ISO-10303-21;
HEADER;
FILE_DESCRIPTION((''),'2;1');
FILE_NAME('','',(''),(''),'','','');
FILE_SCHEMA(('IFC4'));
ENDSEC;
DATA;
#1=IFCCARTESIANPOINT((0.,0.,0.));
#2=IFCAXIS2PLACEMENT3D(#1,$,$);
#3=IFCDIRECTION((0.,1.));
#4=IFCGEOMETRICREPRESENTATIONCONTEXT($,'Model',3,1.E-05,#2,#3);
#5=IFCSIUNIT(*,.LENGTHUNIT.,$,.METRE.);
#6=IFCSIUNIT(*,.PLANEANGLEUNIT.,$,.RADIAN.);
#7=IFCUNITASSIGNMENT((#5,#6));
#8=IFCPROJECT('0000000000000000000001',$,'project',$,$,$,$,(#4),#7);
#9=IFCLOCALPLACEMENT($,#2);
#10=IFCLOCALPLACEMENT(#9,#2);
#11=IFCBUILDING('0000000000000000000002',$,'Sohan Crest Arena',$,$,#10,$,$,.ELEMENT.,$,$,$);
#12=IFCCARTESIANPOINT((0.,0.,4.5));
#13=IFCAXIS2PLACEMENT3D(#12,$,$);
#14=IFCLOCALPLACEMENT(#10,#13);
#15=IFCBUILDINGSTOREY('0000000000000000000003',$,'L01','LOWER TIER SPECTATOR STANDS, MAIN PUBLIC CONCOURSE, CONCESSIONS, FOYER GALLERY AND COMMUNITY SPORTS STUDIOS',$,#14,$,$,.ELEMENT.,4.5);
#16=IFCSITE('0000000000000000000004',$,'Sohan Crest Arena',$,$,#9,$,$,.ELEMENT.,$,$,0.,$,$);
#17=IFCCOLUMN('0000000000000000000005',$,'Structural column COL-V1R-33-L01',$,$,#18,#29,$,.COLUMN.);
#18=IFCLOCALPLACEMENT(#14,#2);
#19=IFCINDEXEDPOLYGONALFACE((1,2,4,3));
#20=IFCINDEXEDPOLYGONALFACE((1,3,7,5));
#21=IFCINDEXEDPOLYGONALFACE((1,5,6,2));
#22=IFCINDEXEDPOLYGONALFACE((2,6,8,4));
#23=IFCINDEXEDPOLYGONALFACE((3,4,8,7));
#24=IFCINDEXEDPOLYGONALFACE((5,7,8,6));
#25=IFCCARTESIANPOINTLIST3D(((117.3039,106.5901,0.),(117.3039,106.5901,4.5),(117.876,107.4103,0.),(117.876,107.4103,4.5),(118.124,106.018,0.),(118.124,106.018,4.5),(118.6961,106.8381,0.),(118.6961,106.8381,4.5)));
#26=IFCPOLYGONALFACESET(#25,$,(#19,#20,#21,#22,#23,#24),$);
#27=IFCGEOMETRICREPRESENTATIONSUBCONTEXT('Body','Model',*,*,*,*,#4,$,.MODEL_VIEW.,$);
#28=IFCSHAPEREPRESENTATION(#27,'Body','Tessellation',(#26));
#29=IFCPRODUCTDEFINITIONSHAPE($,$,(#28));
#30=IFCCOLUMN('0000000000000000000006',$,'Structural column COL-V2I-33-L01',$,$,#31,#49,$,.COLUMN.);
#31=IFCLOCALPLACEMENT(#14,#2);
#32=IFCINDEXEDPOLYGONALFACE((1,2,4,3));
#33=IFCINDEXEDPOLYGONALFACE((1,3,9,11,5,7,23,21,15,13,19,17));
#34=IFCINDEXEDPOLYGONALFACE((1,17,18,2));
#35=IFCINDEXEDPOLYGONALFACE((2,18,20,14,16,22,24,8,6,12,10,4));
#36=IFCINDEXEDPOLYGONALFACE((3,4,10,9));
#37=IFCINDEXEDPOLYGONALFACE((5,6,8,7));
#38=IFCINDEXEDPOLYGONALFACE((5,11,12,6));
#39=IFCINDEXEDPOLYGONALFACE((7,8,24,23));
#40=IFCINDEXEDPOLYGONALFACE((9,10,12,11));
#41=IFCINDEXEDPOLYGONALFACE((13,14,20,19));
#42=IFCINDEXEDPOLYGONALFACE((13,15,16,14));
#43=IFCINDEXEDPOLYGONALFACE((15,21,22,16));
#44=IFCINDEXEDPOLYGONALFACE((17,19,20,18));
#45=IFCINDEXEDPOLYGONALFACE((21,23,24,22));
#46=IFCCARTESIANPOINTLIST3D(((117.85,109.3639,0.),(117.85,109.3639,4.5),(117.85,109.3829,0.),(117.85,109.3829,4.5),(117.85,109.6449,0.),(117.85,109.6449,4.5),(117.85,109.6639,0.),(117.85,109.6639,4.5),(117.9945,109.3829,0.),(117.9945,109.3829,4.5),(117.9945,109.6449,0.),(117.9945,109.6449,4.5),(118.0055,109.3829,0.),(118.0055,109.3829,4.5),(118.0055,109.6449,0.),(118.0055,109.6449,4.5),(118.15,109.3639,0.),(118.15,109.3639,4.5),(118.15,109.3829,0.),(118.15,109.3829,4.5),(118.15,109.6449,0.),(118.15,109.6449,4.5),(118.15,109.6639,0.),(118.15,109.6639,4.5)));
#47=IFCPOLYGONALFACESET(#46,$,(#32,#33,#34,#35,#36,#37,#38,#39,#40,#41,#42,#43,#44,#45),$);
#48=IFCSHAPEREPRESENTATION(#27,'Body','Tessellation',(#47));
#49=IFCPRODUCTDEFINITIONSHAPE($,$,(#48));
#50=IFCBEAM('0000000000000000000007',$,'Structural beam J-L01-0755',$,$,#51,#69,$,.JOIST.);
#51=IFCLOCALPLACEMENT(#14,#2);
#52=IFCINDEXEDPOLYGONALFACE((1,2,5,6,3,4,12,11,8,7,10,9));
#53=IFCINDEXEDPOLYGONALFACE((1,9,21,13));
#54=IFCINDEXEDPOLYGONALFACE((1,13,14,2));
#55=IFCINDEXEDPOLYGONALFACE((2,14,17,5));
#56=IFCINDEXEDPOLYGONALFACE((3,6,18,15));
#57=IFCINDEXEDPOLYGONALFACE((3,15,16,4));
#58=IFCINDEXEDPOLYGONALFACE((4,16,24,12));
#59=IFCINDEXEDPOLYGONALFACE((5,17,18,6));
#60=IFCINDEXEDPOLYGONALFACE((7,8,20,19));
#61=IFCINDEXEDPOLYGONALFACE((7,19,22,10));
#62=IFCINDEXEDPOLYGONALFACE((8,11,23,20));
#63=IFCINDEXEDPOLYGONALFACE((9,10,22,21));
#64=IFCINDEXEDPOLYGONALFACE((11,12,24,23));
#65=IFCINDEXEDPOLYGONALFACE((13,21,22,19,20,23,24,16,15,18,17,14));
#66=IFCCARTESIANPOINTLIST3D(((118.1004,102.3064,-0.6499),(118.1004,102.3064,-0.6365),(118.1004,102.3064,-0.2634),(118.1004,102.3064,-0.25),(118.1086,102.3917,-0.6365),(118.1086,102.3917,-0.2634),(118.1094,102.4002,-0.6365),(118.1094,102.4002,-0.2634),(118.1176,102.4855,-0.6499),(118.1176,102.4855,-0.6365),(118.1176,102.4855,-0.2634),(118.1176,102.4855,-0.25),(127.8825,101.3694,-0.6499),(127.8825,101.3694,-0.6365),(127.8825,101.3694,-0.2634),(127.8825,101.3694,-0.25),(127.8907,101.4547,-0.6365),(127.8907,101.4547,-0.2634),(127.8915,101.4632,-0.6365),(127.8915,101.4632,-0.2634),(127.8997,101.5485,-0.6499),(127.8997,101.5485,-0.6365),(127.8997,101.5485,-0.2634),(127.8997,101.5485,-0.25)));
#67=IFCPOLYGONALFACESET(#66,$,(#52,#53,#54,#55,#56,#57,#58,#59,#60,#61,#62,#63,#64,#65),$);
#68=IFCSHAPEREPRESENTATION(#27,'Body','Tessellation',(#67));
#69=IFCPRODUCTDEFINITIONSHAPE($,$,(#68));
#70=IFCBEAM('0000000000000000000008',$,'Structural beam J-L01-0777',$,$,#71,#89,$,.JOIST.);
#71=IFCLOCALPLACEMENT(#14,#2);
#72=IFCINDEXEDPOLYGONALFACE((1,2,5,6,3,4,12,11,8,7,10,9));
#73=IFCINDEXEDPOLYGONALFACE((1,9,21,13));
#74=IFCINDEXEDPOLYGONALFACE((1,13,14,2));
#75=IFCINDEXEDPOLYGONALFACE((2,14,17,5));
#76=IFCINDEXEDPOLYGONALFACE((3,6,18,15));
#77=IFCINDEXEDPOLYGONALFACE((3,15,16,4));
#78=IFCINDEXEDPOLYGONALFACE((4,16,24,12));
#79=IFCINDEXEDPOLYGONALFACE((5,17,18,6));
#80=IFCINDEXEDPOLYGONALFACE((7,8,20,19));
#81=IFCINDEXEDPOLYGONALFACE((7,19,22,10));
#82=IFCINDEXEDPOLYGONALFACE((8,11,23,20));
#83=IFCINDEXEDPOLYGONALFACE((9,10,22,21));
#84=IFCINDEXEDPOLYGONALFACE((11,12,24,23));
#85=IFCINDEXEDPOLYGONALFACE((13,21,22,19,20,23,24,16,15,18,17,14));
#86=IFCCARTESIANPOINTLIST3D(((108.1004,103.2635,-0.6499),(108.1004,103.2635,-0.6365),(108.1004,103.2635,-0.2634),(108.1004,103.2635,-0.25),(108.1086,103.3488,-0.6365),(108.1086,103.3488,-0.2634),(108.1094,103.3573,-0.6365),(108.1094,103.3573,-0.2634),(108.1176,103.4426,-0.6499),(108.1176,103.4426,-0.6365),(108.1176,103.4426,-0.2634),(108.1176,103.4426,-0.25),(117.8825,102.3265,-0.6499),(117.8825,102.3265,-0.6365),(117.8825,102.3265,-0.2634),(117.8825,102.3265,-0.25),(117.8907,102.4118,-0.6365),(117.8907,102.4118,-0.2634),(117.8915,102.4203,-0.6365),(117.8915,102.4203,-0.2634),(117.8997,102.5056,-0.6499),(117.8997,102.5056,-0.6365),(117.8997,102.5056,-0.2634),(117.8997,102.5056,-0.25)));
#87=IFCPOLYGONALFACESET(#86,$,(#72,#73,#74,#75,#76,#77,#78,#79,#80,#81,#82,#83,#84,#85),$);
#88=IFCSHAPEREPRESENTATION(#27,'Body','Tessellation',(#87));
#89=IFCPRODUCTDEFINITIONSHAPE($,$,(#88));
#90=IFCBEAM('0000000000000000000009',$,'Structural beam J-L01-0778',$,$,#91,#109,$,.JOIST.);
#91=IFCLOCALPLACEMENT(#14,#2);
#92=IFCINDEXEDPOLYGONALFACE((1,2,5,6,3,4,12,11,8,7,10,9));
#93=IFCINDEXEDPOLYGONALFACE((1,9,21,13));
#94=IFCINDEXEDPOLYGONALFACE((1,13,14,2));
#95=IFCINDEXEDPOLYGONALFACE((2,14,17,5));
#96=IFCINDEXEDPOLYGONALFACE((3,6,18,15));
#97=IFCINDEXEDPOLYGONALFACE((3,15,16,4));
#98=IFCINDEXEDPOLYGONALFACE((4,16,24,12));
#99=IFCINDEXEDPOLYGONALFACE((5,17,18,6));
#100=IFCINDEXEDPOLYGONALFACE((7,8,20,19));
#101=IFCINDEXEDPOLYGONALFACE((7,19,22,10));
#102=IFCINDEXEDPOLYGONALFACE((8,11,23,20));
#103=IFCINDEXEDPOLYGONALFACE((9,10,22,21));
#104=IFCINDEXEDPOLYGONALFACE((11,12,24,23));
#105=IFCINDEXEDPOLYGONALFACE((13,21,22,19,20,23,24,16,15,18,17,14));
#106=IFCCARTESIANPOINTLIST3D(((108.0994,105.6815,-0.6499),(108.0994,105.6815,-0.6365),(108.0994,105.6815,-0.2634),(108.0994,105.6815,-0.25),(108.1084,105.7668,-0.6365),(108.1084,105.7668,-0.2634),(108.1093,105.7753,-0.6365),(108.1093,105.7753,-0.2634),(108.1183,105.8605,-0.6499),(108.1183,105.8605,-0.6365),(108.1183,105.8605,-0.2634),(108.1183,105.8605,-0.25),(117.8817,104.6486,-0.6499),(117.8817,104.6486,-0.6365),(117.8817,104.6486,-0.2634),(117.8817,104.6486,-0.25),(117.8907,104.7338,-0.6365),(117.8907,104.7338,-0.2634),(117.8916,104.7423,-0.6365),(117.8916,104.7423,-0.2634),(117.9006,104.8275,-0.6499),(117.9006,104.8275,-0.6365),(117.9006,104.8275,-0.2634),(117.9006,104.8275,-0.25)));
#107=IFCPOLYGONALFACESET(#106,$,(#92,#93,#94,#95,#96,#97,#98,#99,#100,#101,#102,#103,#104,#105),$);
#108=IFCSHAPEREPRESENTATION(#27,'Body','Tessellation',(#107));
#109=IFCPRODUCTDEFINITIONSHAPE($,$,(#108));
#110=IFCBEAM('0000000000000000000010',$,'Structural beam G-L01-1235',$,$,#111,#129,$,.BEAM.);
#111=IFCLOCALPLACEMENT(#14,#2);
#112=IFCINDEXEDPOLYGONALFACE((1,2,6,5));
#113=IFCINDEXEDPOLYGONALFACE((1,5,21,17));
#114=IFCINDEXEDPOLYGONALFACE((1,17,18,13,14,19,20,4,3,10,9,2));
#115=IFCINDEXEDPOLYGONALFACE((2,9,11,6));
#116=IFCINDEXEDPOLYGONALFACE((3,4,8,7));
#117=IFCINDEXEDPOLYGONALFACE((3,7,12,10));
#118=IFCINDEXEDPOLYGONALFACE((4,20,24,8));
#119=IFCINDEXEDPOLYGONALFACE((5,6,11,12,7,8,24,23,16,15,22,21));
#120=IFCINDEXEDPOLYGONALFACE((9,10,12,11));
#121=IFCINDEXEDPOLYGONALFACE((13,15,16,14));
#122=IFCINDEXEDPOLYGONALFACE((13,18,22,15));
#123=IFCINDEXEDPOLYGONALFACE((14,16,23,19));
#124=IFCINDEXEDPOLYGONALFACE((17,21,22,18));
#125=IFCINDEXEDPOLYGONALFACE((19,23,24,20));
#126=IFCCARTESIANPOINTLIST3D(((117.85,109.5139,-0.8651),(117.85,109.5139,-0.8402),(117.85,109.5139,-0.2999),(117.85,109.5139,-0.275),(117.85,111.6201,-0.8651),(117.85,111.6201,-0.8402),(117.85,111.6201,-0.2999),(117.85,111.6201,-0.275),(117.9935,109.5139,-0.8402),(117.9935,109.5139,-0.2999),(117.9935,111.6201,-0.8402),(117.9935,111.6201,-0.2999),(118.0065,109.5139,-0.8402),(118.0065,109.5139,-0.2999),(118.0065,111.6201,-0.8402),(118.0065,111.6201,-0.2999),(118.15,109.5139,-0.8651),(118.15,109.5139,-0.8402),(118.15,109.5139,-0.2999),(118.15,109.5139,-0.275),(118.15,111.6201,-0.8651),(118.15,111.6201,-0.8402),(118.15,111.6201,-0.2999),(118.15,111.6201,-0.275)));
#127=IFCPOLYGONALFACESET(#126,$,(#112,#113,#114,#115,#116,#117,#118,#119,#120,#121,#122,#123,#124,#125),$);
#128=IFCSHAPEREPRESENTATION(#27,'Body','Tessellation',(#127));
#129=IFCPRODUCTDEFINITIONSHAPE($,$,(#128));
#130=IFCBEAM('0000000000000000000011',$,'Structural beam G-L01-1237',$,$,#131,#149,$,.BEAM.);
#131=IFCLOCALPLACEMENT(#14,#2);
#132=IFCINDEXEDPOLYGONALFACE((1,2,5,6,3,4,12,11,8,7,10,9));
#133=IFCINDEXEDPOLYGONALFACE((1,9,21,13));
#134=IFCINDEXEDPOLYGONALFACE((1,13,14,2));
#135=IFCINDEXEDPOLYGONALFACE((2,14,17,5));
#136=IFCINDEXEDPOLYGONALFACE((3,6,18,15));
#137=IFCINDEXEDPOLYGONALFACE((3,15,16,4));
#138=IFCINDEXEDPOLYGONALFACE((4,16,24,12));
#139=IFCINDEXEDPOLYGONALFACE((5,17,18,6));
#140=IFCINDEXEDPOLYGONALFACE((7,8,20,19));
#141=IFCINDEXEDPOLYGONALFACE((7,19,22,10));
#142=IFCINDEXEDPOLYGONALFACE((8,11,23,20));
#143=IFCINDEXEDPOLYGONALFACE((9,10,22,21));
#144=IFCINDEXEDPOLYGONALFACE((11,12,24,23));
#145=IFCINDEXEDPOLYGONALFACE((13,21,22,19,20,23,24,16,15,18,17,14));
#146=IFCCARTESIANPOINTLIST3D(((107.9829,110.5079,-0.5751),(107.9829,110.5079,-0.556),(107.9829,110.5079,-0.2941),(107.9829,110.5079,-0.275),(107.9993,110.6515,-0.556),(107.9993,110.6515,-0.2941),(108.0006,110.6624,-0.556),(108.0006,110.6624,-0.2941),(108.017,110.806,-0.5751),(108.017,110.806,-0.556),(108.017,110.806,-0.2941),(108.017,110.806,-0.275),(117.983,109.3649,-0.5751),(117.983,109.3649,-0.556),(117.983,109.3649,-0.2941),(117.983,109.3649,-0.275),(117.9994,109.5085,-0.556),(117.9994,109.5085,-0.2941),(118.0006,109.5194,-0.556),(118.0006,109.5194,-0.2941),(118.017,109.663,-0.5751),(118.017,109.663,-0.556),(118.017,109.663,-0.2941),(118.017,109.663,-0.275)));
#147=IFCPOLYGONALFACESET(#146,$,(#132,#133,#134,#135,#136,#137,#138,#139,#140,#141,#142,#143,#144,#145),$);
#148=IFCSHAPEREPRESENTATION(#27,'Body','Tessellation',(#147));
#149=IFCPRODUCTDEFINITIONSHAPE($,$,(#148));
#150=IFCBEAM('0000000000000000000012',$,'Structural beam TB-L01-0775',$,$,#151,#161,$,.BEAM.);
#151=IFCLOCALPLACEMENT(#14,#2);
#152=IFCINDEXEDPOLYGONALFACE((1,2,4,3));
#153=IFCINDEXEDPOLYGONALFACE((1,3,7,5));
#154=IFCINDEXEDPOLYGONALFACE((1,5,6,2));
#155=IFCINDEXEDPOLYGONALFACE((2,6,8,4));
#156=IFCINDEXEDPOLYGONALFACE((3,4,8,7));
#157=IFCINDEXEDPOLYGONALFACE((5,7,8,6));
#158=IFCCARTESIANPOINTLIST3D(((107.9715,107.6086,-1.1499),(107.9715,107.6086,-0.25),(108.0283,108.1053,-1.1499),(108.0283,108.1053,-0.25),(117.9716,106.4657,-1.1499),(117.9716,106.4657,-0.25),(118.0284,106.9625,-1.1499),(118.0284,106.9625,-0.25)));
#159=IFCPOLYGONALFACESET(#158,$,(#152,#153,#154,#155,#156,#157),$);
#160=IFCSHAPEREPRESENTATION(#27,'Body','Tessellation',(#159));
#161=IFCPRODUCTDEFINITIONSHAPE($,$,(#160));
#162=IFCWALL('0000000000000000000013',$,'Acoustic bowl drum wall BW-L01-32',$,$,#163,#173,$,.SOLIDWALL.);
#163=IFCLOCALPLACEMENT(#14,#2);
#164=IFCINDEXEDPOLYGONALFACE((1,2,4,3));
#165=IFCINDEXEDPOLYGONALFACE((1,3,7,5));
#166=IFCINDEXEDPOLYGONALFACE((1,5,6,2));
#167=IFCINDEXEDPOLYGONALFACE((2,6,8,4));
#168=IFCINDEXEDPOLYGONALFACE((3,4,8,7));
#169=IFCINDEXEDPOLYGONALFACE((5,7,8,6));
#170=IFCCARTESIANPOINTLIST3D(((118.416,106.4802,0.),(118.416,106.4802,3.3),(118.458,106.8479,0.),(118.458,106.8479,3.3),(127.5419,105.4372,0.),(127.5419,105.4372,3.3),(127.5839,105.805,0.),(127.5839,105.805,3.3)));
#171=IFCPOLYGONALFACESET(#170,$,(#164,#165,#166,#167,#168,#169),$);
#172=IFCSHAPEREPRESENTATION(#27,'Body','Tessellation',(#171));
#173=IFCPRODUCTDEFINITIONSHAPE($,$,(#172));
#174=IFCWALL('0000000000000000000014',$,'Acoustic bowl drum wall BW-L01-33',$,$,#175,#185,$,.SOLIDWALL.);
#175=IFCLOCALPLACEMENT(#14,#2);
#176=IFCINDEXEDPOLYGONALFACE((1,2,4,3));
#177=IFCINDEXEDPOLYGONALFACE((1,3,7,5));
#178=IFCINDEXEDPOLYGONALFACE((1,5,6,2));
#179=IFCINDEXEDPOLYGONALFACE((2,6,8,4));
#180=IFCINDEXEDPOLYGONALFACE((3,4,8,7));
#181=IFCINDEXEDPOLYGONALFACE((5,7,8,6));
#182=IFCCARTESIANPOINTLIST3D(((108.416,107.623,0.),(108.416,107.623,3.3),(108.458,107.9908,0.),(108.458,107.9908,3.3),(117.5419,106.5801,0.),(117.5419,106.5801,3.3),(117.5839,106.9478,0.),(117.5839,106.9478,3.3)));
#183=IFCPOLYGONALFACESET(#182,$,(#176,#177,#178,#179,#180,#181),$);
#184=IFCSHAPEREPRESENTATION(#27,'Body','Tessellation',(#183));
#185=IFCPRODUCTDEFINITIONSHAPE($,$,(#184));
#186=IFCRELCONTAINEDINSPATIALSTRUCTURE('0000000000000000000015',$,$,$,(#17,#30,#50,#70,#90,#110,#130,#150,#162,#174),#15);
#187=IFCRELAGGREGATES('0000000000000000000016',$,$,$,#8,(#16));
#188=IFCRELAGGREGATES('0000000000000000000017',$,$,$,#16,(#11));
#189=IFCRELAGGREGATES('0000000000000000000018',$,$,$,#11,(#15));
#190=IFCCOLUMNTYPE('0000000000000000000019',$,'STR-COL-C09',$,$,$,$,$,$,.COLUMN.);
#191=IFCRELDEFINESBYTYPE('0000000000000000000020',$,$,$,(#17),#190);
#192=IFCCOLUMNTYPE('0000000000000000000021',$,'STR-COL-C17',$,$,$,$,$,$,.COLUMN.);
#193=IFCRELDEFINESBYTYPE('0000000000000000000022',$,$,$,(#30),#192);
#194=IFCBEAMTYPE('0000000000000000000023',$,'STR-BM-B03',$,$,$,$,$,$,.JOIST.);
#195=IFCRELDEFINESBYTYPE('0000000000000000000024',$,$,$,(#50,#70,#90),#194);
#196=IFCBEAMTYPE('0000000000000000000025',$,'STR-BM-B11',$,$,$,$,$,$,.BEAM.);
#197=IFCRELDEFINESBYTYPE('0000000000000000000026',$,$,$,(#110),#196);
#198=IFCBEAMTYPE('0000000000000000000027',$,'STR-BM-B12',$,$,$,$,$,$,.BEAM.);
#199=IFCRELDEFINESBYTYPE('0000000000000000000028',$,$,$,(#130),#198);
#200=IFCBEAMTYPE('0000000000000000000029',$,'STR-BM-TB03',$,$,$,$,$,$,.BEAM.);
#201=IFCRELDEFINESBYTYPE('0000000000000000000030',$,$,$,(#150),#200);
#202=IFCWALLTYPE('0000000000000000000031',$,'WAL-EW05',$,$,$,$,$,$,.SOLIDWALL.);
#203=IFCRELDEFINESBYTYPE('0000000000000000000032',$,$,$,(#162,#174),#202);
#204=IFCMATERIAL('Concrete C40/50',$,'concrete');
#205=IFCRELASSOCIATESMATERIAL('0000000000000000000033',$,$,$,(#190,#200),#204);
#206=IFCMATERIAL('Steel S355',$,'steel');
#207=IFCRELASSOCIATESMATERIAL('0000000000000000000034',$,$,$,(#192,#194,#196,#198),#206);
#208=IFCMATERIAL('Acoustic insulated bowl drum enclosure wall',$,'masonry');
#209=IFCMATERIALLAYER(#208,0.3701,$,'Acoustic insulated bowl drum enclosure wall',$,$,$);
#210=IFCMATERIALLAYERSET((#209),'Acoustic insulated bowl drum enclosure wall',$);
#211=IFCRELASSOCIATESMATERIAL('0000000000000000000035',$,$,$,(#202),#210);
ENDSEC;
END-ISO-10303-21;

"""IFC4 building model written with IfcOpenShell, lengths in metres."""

from ifc_helpers import new_model, si_unit, direction, frame, frame_2d, origin, origin_2d, place, context, subcontext, project, spatial, rectangle, i_section, extrude, material, layer, layer_set, material_profile, profile_set, type_object, element, save


model = new_model("IFC4")

# Units and contexts
model_context = context("Model", 3, precision=1e-05, world=origin(), true_north=direction((0.0, 1.0)))
body_context = subcontext(model_context, "Body", "Model", "MODEL_VIEW")
ifc_project = project(units=[si_unit("LENGTHUNIT", "METRE"), si_unit("PLANEANGLEUNIT", "RADIAN")], contexts=[model_context])

# Site, building, storey
site_placement = place(None, origin())
site = spatial("IfcSite", under=ifc_project, at=site_placement, Name="Sohan Crest Arena", CompositionType="ELEMENT", RefElevation=0.0)
building_placement = place(site_placement, origin())
building = spatial("IfcBuilding", under=site, at=building_placement, Name="Sohan Crest Arena", CompositionType="ELEMENT")
storey_placement = place(building_placement, frame((0.0, 0.0, 4.5)))
storey = spatial("IfcBuildingStorey", under=building, at=storey_placement, Name="L01", Description="LOWER TIER SPECTATOR STANDS, MAIN PUBLIC CONCOURSE, CONCESSIONS, FOYER GALLERY AND COMMUNITY SPORTS STUDIOS", CompositionType="ELEMENT", Elevation=4.5)

# Columns
ifc_material_1 = material(Name="Concrete C40/50", Category="concrete")
ifc_material_profile_1 = material_profile(ifc_material_1, rectangle(XDim=1.0, YDim=1.0, at=origin_2d()), Name="RC 1000x1000")
ifc_profile_set_1 = profile_set([ifc_material_profile_1], Name="Concrete C40/50")
column_type_1 = type_object("IfcColumnType", Name="STR-COL-C09", PredefinedType="COLUMN", material=ifc_profile_set_1)
column_1_placement = place(storey_placement, frame((118.0, 106.7141, 0.0), z_axis=(0.0, 0.0, 1.0), x_axis=(0.572146, 0.820152, 0.0)))
element("IfcColumn", 1, at=column_1_placement, inside=storey, type_object=column_type_1, Name="Structural column COL-V1R-33-L01", PredefinedType="COLUMN", context=body_context, shape_type="SweptSolid", body=[
    extrude(rectangle(XDim=1.0, YDim=1.0, at=origin_2d()), origin(), (0.0, 0.0, 1.0), 4.5),
])
ifc_material_2 = material(Name="Steel S355", Category="steel")
ifc_material_profile_2 = material_profile(ifc_material_2, i_section(OverallWidth=0.3, OverallDepth=0.3, WebThickness=0.011, FlangeThickness=0.019, at=origin_2d()), Name="HEB 300")
ifc_profile_set_2 = profile_set([ifc_material_profile_2], Name="Steel S355")
column_type_2 = type_object("IfcColumnType", Name="STR-COL-C17", PredefinedType="COLUMN", material=ifc_profile_set_2)
column_2_placement = place(storey_placement, frame((118.0, 109.5139, 0.0), z_axis=(0.0, 0.0, 1.0), x_axis=(1.0, 0.0, 0.0)))
element("IfcColumn", 2, at=column_2_placement, inside=storey, type_object=column_type_2, Name="Structural column COL-V2I-33-L01", PredefinedType="COLUMN", context=body_context, shape_type="SweptSolid", body=[
    extrude(i_section(OverallWidth=0.3, OverallDepth=0.3, WebThickness=0.011, FlangeThickness=0.019, at=origin_2d()), origin(), (0.0, 0.0, 1.0), 4.5),
])

# Beams
ifc_material_profile_3 = material_profile(ifc_material_2, i_section(OverallWidth=0.1799, OverallDepth=0.3999, WebThickness=0.0085, FlangeThickness=0.0134, at=origin_2d()), Name="IPE 400")
ifc_profile_set_3 = profile_set([ifc_material_profile_3], Name="Steel S355")
beam_type_1 = type_object("IfcBeamType", Name="STR-BM-B03", PredefinedType="JOIST", material=ifc_profile_set_3)
for number, where, z_axis, x_axis, name in (
    (3, (127.8911, 101.459, -0.45), (-0.995444, 0.095351, 0.0), (-0.095351, -0.995444, 0.0), "Structural beam J-L01-0755"),
    (4, (117.8911, 102.416, -0.45), (-0.995444, 0.095351, 0.0), (-0.095351, -0.995444, 0.0), "Structural beam J-L01-0777"),
):
    element("IfcBeam", number, at=place(storey_placement, frame(where, z_axis=z_axis, x_axis=x_axis)), inside=storey, type_object=beam_type_1, Name=name, PredefinedType="JOIST", context=body_context, shape_type="SweptSolid", body=[
        extrude(i_section(OverallWidth=0.1799, OverallDepth=0.3999, WebThickness=0.0085, FlangeThickness=0.0134, at=origin_2d()), origin(), (0.0, 0.0, 1.0), 9.8269),
    ])
beam_1_placement = place(storey_placement, frame((117.8911, 104.738, -0.45), z_axis=(-0.994471, 0.105012, 0.0), x_axis=(-0.105012, -0.994471, 0.0)))
element("IfcBeam", 5, at=beam_1_placement, inside=storey, type_object=beam_type_1, Name="Structural beam J-L01-0778", PredefinedType="JOIST", context=body_context, shape_type="SweptSolid", body=[
    extrude(i_section(OverallWidth=0.1799, OverallDepth=0.3999, WebThickness=0.0085, FlangeThickness=0.0134, at=origin_2d()), origin(), (0.0, 0.0, 1.0), 9.8367),
])
ifc_material_profile_4 = material_profile(ifc_material_2, i_section(OverallWidth=0.3, OverallDepth=0.5901, WebThickness=0.0129, FlangeThickness=0.0249, at=origin_2d()), Name="HEA 600")
ifc_profile_set_4 = profile_set([ifc_material_profile_4], Name="Steel S355")
beam_type_2 = type_object("IfcBeamType", Name="STR-BM-B11", PredefinedType="BEAM", material=ifc_profile_set_4)
beam_2_placement = place(storey_placement, frame((118.0, 109.5139, -0.5701), z_axis=(0.0, 1.0, 0.0), x_axis=(-1.0, 0.0, 0.0)))
element("IfcBeam", 6, at=beam_2_placement, inside=storey, type_object=beam_type_2, Name="Structural beam G-L01-1235", PredefinedType="BEAM", context=body_context, shape_type="SweptSolid", body=[
    extrude(i_section(OverallWidth=0.3, OverallDepth=0.5901, WebThickness=0.0129, FlangeThickness=0.0249, at=origin_2d()), origin(), (0.0, 0.0, 1.0), 2.1062),
])
ifc_material_profile_5 = material_profile(ifc_material_2, i_section(OverallWidth=0.3, OverallDepth=0.3, WebThickness=0.011, FlangeThickness=0.019, at=origin_2d()), Name="HEB 300")
ifc_profile_set_5 = profile_set([ifc_material_profile_5], Name="Steel S355")
beam_type_3 = type_object("IfcBeamType", Name="STR-BM-B12", PredefinedType="BEAM", material=ifc_profile_set_5)
beam_3_placement = place(storey_placement, frame((118.0, 109.5139, -0.425), z_axis=(-0.99353, 0.113567, 0.0), x_axis=(-0.113567, -0.99353, 0.0)))
element("IfcBeam", 7, at=beam_3_placement, inside=storey, type_object=beam_type_3, Name="Structural beam G-L01-1237", PredefinedType="BEAM", context=body_context, shape_type="SweptSolid", body=[
    extrude(i_section(OverallWidth=0.3, OverallDepth=0.3, WebThickness=0.011, FlangeThickness=0.019, at=origin_2d()), origin(), (0.0, 0.0, 1.0), 10.0652),
])
ifc_material_profile_6 = material_profile(ifc_material_1, rectangle(XDim=0.5, YDim=0.8999, at=origin_2d()), Name="RC-BM 500x900")
ifc_profile_set_6 = profile_set([ifc_material_profile_6], Name="Concrete C40/50")
beam_type_4 = type_object("IfcBeamType", Name="STR-BM-TB03", PredefinedType="BEAM", material=ifc_profile_set_6)
beam_4_placement = place(storey_placement, frame((118.0, 106.7141, -0.7), z_axis=(-0.993533, 0.113543, 0.0), x_axis=(-0.113543, -0.993533, 0.0)))
element("IfcBeam", 8, at=beam_4_placement, inside=storey, type_object=beam_type_4, Name="Structural beam TB-L01-0775", PredefinedType="BEAM", context=body_context, shape_type="SweptSolid", body=[
    extrude(rectangle(XDim=0.5, YDim=0.8999, at=origin_2d()), origin(), (0.0, 0.0, 1.0), 10.0652),
])

# Walls
ifc_material_3 = material(Name="Acoustic insulated bowl drum enclosure wall", Category="masonry")
ifc_layer_1 = layer(ifc_material_3, 0.3701, Name="Acoustic insulated bowl drum enclosure wall")
ifc_layer_set_1 = layer_set([ifc_layer_1], Name="Acoustic insulated bowl drum enclosure wall")
wall_type_1 = type_object("IfcWallType", Name="WAL-EW05", PredefinedType="SOLIDWALL", material=ifc_layer_set_1)
for number, where, z_axis, x_axis, name in (
    (9, (127.563, 105.6211, 0.0), (0.0, 0.0, 1.0), (-0.993533, 0.113547, 0.0), "Acoustic bowl drum wall BW-L01-32"),
    (10, (117.563, 106.7639, 0.0), (0.0, 0.0, 1.0), (-0.993533, 0.113547, 0.0), "Acoustic bowl drum wall BW-L01-33"),
):
    element("IfcWall", number, at=place(storey_placement, frame(where, z_axis=z_axis, x_axis=x_axis)), inside=storey, type_object=wall_type_1, Name=name, PredefinedType="SOLIDWALL", context=body_context, shape_type="SweptSolid", body=[
        extrude(rectangle(XDim=9.1853, YDim=0.3701, at=frame_2d((4.5928, 0.0))), origin(), (0.0, 0.0, 1.0), 3.3),
    ])

save(model, "model.ifc")
